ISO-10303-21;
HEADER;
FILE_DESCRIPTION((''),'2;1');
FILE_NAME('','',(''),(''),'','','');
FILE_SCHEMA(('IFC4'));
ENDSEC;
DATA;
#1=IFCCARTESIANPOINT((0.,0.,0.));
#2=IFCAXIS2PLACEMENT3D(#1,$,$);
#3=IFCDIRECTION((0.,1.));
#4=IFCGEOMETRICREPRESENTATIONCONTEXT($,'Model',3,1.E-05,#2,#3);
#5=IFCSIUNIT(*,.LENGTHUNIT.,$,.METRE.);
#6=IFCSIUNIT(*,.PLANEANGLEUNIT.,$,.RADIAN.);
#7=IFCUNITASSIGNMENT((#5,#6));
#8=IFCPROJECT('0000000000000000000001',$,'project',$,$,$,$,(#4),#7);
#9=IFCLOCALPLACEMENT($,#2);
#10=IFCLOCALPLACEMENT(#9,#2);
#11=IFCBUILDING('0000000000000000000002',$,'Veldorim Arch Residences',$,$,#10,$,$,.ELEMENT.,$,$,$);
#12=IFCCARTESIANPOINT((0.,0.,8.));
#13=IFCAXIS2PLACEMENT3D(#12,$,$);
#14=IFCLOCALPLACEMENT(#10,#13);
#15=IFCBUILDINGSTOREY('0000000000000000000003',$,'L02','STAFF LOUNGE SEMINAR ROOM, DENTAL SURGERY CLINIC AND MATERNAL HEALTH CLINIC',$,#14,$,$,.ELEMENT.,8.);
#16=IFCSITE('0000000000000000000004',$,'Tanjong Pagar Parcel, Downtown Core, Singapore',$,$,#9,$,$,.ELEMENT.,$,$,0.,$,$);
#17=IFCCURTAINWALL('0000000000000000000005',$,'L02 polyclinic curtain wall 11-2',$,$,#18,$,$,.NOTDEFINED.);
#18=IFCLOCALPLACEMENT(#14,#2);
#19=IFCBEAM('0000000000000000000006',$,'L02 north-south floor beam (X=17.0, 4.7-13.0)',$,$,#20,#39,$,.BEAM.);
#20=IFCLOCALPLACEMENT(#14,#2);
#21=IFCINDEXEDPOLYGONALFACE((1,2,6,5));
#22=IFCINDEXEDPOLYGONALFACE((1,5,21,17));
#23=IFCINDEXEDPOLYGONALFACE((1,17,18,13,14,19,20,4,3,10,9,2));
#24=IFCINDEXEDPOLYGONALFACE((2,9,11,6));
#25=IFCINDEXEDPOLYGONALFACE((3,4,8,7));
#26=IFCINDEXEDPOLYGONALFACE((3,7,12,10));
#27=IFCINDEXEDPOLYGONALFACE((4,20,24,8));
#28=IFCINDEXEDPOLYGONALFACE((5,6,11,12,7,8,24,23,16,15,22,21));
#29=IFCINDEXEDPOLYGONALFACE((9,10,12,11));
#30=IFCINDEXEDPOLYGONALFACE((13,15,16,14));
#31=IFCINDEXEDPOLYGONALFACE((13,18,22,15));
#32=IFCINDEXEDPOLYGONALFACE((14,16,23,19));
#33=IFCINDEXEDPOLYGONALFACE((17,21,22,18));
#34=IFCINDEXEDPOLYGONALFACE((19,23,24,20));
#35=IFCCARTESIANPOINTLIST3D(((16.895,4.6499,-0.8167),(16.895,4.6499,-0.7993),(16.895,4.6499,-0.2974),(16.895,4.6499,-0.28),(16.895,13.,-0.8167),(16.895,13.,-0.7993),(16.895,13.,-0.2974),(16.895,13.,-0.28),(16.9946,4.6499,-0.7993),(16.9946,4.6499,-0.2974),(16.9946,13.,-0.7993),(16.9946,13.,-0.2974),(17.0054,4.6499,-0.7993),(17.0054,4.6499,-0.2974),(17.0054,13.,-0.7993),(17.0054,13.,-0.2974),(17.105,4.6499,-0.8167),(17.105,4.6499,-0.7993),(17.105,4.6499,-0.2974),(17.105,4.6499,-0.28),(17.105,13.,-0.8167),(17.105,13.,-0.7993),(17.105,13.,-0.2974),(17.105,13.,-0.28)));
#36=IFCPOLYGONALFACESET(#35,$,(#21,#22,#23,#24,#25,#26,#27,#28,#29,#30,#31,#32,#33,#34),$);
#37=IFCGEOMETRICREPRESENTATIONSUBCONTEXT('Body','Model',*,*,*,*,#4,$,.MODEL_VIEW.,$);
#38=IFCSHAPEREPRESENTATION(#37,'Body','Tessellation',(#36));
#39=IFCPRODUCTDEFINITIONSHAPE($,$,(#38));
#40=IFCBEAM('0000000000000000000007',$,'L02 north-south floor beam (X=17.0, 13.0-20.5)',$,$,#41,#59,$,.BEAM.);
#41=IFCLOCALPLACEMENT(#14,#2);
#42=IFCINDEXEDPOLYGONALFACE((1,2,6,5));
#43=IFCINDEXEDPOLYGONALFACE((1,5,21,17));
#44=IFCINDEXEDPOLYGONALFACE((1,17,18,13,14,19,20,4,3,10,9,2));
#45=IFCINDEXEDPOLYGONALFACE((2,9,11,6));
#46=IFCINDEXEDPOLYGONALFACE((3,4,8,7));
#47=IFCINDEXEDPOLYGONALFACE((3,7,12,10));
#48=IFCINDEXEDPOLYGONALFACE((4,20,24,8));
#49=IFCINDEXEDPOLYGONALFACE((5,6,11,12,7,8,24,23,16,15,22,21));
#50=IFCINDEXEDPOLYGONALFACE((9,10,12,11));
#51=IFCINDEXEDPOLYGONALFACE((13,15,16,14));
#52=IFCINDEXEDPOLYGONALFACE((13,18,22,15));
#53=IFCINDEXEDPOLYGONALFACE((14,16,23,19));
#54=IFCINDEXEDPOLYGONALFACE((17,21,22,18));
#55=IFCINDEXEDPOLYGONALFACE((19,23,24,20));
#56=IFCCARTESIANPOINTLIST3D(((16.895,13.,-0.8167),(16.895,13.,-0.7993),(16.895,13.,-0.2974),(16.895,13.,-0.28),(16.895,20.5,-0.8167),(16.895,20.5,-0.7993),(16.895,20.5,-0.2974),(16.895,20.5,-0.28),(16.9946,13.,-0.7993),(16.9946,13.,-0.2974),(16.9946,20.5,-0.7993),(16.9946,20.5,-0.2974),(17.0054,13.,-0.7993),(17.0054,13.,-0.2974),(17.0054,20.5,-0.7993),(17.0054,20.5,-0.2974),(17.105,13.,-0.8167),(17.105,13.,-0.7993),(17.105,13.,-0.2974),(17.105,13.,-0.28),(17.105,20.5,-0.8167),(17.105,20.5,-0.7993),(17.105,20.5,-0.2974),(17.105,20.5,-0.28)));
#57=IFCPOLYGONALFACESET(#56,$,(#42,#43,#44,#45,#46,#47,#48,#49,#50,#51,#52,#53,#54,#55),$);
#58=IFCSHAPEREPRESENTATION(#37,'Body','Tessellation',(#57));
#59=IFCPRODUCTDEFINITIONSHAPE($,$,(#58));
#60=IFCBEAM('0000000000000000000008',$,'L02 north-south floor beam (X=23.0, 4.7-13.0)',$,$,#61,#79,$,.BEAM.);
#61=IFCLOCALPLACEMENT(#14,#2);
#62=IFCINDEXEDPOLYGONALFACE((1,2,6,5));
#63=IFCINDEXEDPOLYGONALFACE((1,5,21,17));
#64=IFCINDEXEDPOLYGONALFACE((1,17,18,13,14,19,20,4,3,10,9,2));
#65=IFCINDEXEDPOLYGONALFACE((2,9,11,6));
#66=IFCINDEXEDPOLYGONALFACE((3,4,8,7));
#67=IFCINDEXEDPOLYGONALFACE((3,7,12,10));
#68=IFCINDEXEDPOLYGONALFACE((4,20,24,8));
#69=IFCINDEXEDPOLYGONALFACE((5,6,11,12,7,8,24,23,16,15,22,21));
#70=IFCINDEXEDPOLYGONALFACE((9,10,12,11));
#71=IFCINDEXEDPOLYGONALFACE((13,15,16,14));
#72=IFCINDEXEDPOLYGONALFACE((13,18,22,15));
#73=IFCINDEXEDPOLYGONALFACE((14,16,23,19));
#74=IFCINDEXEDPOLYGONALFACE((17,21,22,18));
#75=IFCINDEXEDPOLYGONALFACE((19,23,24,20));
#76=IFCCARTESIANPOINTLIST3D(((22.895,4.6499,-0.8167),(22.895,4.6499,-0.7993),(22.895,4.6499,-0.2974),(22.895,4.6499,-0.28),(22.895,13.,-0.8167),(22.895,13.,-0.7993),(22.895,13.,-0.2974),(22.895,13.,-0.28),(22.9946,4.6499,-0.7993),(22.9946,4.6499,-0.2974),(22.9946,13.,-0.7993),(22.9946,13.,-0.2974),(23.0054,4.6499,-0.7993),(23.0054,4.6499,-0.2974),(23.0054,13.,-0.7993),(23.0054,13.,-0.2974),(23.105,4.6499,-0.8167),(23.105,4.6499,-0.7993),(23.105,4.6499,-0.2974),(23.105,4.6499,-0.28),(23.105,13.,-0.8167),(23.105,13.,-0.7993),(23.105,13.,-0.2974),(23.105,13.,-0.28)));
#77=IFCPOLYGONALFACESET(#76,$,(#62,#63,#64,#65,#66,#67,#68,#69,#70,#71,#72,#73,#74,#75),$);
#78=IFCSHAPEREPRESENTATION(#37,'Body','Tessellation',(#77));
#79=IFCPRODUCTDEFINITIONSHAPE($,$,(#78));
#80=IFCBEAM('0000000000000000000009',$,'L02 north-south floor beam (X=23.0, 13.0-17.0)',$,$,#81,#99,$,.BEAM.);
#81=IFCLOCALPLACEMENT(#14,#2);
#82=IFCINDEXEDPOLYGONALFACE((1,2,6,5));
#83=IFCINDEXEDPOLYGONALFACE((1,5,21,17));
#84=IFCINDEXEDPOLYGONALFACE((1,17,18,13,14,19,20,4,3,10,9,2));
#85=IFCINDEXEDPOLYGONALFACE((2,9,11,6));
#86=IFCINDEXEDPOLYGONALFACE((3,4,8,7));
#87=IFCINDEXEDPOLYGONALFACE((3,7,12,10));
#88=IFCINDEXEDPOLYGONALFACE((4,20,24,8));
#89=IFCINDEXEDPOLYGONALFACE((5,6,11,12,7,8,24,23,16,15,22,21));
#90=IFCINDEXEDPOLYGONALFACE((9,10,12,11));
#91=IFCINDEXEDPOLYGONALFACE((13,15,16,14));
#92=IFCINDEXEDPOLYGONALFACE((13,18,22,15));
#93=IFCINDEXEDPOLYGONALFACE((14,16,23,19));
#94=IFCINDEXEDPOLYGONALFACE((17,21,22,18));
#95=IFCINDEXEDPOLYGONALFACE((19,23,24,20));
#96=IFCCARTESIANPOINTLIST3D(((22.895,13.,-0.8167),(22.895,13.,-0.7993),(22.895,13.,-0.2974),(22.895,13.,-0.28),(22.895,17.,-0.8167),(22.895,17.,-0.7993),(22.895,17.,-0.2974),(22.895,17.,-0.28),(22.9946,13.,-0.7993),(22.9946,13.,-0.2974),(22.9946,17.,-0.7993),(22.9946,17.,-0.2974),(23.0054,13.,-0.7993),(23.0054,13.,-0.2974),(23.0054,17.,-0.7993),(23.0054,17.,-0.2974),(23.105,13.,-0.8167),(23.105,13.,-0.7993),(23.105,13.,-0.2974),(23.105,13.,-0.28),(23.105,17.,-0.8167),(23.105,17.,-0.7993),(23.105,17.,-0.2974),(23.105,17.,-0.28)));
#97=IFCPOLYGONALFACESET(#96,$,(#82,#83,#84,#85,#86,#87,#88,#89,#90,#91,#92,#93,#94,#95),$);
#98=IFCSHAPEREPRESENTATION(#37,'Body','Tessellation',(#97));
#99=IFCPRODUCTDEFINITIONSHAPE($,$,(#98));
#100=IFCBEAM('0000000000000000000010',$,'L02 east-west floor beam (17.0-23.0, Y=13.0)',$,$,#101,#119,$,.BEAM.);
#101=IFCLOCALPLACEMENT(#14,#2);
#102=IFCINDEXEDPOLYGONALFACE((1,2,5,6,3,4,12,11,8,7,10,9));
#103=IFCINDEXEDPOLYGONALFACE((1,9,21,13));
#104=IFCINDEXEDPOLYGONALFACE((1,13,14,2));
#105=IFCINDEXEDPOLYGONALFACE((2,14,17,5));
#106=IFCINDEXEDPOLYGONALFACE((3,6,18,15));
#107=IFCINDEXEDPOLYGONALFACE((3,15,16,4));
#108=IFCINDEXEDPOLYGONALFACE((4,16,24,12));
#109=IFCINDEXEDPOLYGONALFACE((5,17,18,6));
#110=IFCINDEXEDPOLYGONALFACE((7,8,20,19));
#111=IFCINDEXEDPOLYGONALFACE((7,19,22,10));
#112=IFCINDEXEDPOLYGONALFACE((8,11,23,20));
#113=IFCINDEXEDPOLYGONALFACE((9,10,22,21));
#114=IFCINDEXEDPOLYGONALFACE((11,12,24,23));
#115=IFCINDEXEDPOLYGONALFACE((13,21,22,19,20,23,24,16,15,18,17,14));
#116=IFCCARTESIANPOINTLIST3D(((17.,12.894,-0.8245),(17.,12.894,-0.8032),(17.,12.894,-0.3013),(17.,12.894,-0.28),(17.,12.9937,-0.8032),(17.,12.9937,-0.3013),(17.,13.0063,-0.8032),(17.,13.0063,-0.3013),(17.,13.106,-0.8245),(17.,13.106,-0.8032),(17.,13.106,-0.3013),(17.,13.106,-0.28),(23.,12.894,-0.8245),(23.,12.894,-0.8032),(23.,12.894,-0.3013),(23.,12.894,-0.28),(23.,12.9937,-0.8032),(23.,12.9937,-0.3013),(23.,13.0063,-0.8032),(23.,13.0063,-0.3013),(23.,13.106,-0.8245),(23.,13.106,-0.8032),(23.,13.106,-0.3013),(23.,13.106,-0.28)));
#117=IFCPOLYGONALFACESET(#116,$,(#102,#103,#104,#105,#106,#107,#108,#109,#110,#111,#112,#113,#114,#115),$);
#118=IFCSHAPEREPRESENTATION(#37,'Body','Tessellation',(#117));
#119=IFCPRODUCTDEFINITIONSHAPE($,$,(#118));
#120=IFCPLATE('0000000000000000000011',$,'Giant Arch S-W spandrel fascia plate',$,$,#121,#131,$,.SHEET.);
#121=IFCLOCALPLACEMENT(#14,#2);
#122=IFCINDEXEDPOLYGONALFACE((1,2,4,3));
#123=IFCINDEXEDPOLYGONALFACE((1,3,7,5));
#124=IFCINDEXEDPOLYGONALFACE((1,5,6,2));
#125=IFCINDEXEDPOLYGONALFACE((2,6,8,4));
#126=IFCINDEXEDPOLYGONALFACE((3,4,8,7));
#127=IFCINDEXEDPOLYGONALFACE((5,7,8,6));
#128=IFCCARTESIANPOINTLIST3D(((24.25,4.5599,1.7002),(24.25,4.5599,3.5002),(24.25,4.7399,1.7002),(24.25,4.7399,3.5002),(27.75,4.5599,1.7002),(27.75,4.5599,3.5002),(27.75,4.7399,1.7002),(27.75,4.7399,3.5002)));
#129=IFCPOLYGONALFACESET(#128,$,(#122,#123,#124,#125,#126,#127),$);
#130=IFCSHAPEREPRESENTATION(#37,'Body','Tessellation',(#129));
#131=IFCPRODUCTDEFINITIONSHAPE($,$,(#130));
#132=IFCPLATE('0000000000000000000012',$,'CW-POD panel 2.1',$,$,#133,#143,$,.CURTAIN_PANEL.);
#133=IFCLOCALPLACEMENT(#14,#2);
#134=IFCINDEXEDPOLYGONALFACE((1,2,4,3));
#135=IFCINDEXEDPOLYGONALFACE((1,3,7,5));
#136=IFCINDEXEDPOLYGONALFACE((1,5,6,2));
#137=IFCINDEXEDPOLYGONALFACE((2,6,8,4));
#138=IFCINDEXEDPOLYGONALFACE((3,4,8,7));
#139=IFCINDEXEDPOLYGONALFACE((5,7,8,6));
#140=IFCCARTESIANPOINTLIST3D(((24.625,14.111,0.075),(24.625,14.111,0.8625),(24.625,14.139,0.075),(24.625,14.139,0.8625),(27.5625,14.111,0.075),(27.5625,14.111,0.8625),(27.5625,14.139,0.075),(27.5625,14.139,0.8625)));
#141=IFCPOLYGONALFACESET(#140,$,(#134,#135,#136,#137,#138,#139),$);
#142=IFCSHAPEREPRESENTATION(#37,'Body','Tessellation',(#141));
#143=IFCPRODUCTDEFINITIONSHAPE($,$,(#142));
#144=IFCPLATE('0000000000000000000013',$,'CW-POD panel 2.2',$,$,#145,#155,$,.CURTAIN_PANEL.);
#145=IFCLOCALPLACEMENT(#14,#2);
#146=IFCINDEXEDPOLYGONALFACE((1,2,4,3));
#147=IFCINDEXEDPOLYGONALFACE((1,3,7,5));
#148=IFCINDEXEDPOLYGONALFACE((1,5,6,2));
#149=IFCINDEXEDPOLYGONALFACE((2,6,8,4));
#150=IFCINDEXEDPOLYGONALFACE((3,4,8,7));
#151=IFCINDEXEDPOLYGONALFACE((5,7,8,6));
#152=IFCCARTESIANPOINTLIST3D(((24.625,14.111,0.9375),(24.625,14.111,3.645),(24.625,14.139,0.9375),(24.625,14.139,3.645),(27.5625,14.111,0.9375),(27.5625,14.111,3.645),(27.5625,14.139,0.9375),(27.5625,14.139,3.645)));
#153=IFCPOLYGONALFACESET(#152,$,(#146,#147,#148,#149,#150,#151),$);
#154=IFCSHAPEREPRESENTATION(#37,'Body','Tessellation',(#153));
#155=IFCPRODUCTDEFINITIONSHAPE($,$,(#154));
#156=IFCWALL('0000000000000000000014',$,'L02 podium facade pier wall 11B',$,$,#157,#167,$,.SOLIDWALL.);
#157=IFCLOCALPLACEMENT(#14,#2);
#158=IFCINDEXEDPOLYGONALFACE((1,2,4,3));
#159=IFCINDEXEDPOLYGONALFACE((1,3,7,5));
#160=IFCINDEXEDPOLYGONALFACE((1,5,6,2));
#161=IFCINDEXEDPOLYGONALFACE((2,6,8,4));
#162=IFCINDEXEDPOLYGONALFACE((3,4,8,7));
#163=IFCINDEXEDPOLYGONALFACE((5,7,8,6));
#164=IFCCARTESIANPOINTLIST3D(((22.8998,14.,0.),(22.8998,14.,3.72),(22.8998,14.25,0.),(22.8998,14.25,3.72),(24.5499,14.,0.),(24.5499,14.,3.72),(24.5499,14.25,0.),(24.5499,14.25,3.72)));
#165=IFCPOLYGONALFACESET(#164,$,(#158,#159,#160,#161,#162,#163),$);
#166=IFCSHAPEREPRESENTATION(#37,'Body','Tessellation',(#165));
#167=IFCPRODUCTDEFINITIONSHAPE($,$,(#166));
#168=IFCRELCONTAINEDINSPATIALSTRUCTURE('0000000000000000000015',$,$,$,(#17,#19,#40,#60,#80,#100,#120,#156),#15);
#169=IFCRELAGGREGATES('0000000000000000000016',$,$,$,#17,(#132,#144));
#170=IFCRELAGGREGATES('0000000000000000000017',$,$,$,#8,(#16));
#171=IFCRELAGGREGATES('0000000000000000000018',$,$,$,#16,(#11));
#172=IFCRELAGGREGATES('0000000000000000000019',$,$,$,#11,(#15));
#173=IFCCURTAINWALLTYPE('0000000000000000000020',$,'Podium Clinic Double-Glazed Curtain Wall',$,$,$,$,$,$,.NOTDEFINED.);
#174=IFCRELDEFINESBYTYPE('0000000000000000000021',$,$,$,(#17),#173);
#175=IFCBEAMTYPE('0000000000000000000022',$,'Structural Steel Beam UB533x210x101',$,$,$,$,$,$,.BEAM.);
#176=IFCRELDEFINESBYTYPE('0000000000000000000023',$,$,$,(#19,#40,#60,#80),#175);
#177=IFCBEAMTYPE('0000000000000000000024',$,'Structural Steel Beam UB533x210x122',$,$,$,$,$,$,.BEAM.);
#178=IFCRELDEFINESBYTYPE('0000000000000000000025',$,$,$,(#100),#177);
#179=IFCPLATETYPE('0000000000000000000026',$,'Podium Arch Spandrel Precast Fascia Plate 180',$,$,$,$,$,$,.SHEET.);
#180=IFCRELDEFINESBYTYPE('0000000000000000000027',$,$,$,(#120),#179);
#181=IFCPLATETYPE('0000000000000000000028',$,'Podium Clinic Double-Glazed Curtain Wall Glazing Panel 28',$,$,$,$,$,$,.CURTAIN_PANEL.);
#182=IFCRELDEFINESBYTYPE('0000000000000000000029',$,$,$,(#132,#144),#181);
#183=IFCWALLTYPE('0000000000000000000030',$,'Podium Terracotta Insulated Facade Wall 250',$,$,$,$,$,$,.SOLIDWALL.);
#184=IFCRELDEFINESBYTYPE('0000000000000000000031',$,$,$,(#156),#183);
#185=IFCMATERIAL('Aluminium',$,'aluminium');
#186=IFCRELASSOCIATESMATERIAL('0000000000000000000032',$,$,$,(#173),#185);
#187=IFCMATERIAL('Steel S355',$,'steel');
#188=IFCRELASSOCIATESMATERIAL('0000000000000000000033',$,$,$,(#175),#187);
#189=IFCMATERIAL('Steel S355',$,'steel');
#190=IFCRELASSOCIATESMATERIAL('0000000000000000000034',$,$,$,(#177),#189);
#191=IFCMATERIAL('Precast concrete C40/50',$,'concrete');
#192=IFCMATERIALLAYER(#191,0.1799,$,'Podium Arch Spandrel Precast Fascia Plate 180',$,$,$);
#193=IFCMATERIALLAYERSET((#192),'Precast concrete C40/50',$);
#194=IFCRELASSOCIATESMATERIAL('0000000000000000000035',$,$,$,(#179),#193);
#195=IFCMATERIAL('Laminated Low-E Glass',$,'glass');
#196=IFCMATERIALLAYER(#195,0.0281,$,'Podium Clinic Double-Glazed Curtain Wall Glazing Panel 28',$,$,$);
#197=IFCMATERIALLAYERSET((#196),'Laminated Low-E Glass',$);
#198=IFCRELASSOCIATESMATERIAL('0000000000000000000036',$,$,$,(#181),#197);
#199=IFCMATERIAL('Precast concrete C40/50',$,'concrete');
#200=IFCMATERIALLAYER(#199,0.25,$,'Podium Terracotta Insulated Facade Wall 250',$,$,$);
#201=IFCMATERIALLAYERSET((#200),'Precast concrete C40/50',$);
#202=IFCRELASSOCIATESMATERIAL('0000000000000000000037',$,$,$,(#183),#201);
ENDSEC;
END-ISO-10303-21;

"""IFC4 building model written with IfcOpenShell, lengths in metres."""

from ifc_helpers import new_model, si_unit, direction, frame, frame_2d, origin, origin_2d, place, context, subcontext, project, spatial, rectangle, i_section, extrude, material, layer, layer_set, material_profile, profile_set, type_object, element, aggregate, save


model = new_model("IFC4")

# Units and contexts
model_context = context("Model", 3, precision=1e-05, world=origin(), true_north=direction((0.0, 1.0)))
body_context = subcontext(model_context, "Body", "Model", "MODEL_VIEW")
ifc_project = project(units=[si_unit("LENGTHUNIT", "METRE"), si_unit("PLANEANGLEUNIT", "RADIAN")], contexts=[model_context])

# Site, building, storey
site_placement = place(None, origin())
site = spatial("IfcSite", under=ifc_project, at=site_placement, Name="Tanjong Pagar Parcel, Downtown Core, Singapore", CompositionType="ELEMENT", RefElevation=0.0)
building_placement = place(site_placement, origin())
building = spatial("IfcBuilding", under=site, at=building_placement, Name="Veldorim Arch Residences", CompositionType="ELEMENT")
storey_placement = place(building_placement, frame((0.0, 0.0, 8.0)))
storey = spatial("IfcBuildingStorey", under=building, at=storey_placement, Name="L02", Description="STAFF LOUNGE SEMINAR ROOM, DENTAL SURGERY CLINIC AND MATERNAL HEALTH CLINIC", CompositionType="ELEMENT", Elevation=8.0)

# Curtain wall
ifc_material_1 = material(Name="Aluminium", Category="aluminium")
curtain_wall_type = type_object("IfcCurtainWallType", Name="Podium Clinic Double-Glazed Curtain Wall", PredefinedType="NOTDEFINED", material=ifc_material_1)
curtain_wall_placement = place(storey_placement, origin())
curtain_wall = element("IfcCurtainWall", 1, at=curtain_wall_placement, inside=storey, type_object=curtain_wall_type, Name="L02 polyclinic curtain wall 11-2", PredefinedType="NOTDEFINED")

# Beams
ifc_material_2 = material(Name="Steel S355", Category="steel")
ifc_material_profile_1 = material_profile(ifc_material_2, i_section(OverallWidth=0.21, OverallDepth=0.5366, WebThickness=0.0107, FlangeThickness=0.0173, at=origin_2d()), Name="UB533x210x101")
ifc_profile_set_1 = profile_set([ifc_material_profile_1], Name="Steel S355")
beam_type_1 = type_object("IfcBeamType", Name="Structural Steel Beam UB533x210x101", PredefinedType="BEAM", material=ifc_profile_set_1)
beam_1_placement = place(storey_placement, frame((17.0, 4.6499, -0.5483), z_axis=(0.0, 1.0, 0.0), x_axis=(-1.0, 0.0, 0.0)))
element("IfcBeam", 2, at=beam_1_placement, inside=storey, type_object=beam_type_1, Name="L02 north-south floor beam (X=17.0, 4.7-13.0)", PredefinedType="BEAM", context=body_context, shape_type="SweptSolid", body=[
    extrude(i_section(OverallWidth=0.21, OverallDepth=0.5366, WebThickness=0.0107, FlangeThickness=0.0173, at=origin_2d()), origin(), (0.0, 0.0, 1.0), 8.3501),
])
beam_2_placement = place(storey_placement, frame((17.0, 13.0, -0.5483), z_axis=(0.0, 1.0, 0.0), x_axis=(-1.0, 0.0, 0.0)))
element("IfcBeam", 3, at=beam_2_placement, inside=storey, type_object=beam_type_1, Name="L02 north-south floor beam (X=17.0, 13.0-20.5)", PredefinedType="BEAM", context=body_context, shape_type="SweptSolid", body=[
    extrude(i_section(OverallWidth=0.21, OverallDepth=0.5366, WebThickness=0.0107, FlangeThickness=0.0173, at=origin_2d()), origin(), (0.0, 0.0, 1.0), 7.5),
])
beam_3_placement = place(storey_placement, frame((23.0, 4.6499, -0.5483), z_axis=(0.0, 1.0, 0.0), x_axis=(-1.0, 0.0, 0.0)))
element("IfcBeam", 4, at=beam_3_placement, inside=storey, type_object=beam_type_1, Name="L02 north-south floor beam (X=23.0, 4.7-13.0)", PredefinedType="BEAM", context=body_context, shape_type="SweptSolid", body=[
    extrude(i_section(OverallWidth=0.21, OverallDepth=0.5366, WebThickness=0.0107, FlangeThickness=0.0173, at=origin_2d()), origin(), (0.0, 0.0, 1.0), 8.3501),
])
beam_4_placement = place(storey_placement, frame((23.0, 13.0, -0.5483), z_axis=(0.0, 1.0, 0.0), x_axis=(-1.0, 0.0, 0.0)))
element("IfcBeam", 5, at=beam_4_placement, inside=storey, type_object=beam_type_1, Name="L02 north-south floor beam (X=23.0, 13.0-17.0)", PredefinedType="BEAM", context=body_context, shape_type="SweptSolid", body=[
    extrude(i_section(OverallWidth=0.21, OverallDepth=0.5366, WebThickness=0.0107, FlangeThickness=0.0173, at=origin_2d()), origin(), (0.0, 0.0, 1.0), 4.0),
])
ifc_material_3 = material(Name="Steel S355", Category="steel")
ifc_material_profile_2 = material_profile(ifc_material_3, i_section(OverallWidth=0.2119, OverallDepth=0.5444, WebThickness=0.0127, FlangeThickness=0.0212, at=origin_2d()), Name="UB533x210x122")
ifc_profile_set_2 = profile_set([ifc_material_profile_2], Name="Steel S355")
beam_type_2 = type_object("IfcBeamType", Name="Structural Steel Beam UB533x210x122", PredefinedType="BEAM", material=ifc_profile_set_2)
beam_5_placement = place(storey_placement, frame((17.0, 13.0, -0.5522), z_axis=(1.0, 0.0, 0.0), x_axis=(0.0, 1.0, 0.0)))
element("IfcBeam", 6, at=beam_5_placement, inside=storey, type_object=beam_type_2, Name="L02 east-west floor beam (17.0-23.0, Y=13.0)", PredefinedType="BEAM", context=body_context, shape_type="SweptSolid", body=[
    extrude(i_section(OverallWidth=0.2119, OverallDepth=0.5444, WebThickness=0.0127, FlangeThickness=0.0212, at=origin_2d()), origin(), (0.0, 0.0, 1.0), 6.0),
])

# Plates
ifc_material_4 = material(Name="Precast concrete C40/50", Category="concrete")
ifc_layer_1 = layer(ifc_material_4, 0.1799, Name="Podium Arch Spandrel Precast Fascia Plate 180")
ifc_layer_set_1 = layer_set([ifc_layer_1], Name="Precast concrete C40/50")
plate_type_1 = type_object("IfcPlateType", Name="Podium Arch Spandrel Precast Fascia Plate 180", PredefinedType="SHEET", material=ifc_layer_set_1)
plate_1_placement = place(storey_placement, frame((26.0, 4.6499, 1.7002), z_axis=(0.0, 0.0, 1.0), x_axis=(1.0, 0.0, 0.0)))
element("IfcPlate", 7, at=plate_1_placement, inside=storey, type_object=plate_type_1, Name="Giant Arch S-W spandrel fascia plate", PredefinedType="SHEET", context=body_context, shape_type="SweptSolid", body=[
    extrude(rectangle(XDim=3.5, YDim=0.1799, at=origin_2d()), origin(), (0.0, 0.0, 1.0), 1.8),
])
ifc_material_5 = material(Name="Laminated Low-E Glass", Category="glass")
ifc_layer_2 = layer(ifc_material_5, 0.0281, Name="Podium Clinic Double-Glazed Curtain Wall Glazing Panel 28")
ifc_layer_set_2 = layer_set([ifc_layer_2], Name="Laminated Low-E Glass")
plate_type_2 = type_object("IfcPlateType", Name="Podium Clinic Double-Glazed Curtain Wall Glazing Panel 28", PredefinedType="CURTAIN_PANEL", material=ifc_layer_set_2)
plate_2_placement = place(storey_placement, frame((26.0938, 14.125, 0.075), z_axis=(0.0, 0.0, 1.0), x_axis=(-1.0, 0.0, 0.0)))
plate_2 = element("IfcPlate", 8, at=plate_2_placement, type_object=plate_type_2, Name="CW-POD panel 2.1", PredefinedType="CURTAIN_PANEL", context=body_context, shape_type="SweptSolid", body=[
    extrude(rectangle(XDim=2.9375, YDim=0.0281, at=origin_2d()), origin(), (0.0, 0.0, 1.0), 0.7876),
])
plate_3_placement = place(storey_placement, frame((26.0938, 14.125, 0.9375), z_axis=(0.0, 0.0, 1.0), x_axis=(-1.0, 0.0, 0.0)))
plate_3 = element("IfcPlate", 9, at=plate_3_placement, type_object=plate_type_2, Name="CW-POD panel 2.2", PredefinedType="CURTAIN_PANEL", context=body_context, shape_type="SweptSolid", body=[
    extrude(rectangle(XDim=2.9375, YDim=0.0281, at=origin_2d()), origin(), (0.0, 0.0, 1.0), 2.7075),
])
aggregate(curtain_wall, [plate_2, plate_3])

# Wall
ifc_material_6 = material(Name="Precast concrete C40/50", Category="concrete")
ifc_layer_3 = layer(ifc_material_6, 0.25, Name="Podium Terracotta Insulated Facade Wall 250")
ifc_layer_set_3 = layer_set([ifc_layer_3], Name="Precast concrete C40/50")
wall_type = type_object("IfcWallType", Name="Podium Terracotta Insulated Facade Wall 250", PredefinedType="SOLIDWALL", material=ifc_layer_set_3)
wall_1_placement = place(storey_placement, frame((24.55, 14.125, 0.0), z_axis=(0.0, 0.0, 1.0), x_axis=(-1.0, 0.0, 0.0)))
element("IfcWall", 10, at=wall_1_placement, inside=storey, type_object=wall_type, Name="L02 podium facade pier wall 11B", PredefinedType="SOLIDWALL", context=body_context, shape_type="SweptSolid", body=[
    extrude(rectangle(XDim=1.6501, YDim=0.25, at=frame_2d((0.8252, 0.0))), origin(), (0.0, 0.0, 1.0), 3.72),
])

save(model, "model.ifc")
